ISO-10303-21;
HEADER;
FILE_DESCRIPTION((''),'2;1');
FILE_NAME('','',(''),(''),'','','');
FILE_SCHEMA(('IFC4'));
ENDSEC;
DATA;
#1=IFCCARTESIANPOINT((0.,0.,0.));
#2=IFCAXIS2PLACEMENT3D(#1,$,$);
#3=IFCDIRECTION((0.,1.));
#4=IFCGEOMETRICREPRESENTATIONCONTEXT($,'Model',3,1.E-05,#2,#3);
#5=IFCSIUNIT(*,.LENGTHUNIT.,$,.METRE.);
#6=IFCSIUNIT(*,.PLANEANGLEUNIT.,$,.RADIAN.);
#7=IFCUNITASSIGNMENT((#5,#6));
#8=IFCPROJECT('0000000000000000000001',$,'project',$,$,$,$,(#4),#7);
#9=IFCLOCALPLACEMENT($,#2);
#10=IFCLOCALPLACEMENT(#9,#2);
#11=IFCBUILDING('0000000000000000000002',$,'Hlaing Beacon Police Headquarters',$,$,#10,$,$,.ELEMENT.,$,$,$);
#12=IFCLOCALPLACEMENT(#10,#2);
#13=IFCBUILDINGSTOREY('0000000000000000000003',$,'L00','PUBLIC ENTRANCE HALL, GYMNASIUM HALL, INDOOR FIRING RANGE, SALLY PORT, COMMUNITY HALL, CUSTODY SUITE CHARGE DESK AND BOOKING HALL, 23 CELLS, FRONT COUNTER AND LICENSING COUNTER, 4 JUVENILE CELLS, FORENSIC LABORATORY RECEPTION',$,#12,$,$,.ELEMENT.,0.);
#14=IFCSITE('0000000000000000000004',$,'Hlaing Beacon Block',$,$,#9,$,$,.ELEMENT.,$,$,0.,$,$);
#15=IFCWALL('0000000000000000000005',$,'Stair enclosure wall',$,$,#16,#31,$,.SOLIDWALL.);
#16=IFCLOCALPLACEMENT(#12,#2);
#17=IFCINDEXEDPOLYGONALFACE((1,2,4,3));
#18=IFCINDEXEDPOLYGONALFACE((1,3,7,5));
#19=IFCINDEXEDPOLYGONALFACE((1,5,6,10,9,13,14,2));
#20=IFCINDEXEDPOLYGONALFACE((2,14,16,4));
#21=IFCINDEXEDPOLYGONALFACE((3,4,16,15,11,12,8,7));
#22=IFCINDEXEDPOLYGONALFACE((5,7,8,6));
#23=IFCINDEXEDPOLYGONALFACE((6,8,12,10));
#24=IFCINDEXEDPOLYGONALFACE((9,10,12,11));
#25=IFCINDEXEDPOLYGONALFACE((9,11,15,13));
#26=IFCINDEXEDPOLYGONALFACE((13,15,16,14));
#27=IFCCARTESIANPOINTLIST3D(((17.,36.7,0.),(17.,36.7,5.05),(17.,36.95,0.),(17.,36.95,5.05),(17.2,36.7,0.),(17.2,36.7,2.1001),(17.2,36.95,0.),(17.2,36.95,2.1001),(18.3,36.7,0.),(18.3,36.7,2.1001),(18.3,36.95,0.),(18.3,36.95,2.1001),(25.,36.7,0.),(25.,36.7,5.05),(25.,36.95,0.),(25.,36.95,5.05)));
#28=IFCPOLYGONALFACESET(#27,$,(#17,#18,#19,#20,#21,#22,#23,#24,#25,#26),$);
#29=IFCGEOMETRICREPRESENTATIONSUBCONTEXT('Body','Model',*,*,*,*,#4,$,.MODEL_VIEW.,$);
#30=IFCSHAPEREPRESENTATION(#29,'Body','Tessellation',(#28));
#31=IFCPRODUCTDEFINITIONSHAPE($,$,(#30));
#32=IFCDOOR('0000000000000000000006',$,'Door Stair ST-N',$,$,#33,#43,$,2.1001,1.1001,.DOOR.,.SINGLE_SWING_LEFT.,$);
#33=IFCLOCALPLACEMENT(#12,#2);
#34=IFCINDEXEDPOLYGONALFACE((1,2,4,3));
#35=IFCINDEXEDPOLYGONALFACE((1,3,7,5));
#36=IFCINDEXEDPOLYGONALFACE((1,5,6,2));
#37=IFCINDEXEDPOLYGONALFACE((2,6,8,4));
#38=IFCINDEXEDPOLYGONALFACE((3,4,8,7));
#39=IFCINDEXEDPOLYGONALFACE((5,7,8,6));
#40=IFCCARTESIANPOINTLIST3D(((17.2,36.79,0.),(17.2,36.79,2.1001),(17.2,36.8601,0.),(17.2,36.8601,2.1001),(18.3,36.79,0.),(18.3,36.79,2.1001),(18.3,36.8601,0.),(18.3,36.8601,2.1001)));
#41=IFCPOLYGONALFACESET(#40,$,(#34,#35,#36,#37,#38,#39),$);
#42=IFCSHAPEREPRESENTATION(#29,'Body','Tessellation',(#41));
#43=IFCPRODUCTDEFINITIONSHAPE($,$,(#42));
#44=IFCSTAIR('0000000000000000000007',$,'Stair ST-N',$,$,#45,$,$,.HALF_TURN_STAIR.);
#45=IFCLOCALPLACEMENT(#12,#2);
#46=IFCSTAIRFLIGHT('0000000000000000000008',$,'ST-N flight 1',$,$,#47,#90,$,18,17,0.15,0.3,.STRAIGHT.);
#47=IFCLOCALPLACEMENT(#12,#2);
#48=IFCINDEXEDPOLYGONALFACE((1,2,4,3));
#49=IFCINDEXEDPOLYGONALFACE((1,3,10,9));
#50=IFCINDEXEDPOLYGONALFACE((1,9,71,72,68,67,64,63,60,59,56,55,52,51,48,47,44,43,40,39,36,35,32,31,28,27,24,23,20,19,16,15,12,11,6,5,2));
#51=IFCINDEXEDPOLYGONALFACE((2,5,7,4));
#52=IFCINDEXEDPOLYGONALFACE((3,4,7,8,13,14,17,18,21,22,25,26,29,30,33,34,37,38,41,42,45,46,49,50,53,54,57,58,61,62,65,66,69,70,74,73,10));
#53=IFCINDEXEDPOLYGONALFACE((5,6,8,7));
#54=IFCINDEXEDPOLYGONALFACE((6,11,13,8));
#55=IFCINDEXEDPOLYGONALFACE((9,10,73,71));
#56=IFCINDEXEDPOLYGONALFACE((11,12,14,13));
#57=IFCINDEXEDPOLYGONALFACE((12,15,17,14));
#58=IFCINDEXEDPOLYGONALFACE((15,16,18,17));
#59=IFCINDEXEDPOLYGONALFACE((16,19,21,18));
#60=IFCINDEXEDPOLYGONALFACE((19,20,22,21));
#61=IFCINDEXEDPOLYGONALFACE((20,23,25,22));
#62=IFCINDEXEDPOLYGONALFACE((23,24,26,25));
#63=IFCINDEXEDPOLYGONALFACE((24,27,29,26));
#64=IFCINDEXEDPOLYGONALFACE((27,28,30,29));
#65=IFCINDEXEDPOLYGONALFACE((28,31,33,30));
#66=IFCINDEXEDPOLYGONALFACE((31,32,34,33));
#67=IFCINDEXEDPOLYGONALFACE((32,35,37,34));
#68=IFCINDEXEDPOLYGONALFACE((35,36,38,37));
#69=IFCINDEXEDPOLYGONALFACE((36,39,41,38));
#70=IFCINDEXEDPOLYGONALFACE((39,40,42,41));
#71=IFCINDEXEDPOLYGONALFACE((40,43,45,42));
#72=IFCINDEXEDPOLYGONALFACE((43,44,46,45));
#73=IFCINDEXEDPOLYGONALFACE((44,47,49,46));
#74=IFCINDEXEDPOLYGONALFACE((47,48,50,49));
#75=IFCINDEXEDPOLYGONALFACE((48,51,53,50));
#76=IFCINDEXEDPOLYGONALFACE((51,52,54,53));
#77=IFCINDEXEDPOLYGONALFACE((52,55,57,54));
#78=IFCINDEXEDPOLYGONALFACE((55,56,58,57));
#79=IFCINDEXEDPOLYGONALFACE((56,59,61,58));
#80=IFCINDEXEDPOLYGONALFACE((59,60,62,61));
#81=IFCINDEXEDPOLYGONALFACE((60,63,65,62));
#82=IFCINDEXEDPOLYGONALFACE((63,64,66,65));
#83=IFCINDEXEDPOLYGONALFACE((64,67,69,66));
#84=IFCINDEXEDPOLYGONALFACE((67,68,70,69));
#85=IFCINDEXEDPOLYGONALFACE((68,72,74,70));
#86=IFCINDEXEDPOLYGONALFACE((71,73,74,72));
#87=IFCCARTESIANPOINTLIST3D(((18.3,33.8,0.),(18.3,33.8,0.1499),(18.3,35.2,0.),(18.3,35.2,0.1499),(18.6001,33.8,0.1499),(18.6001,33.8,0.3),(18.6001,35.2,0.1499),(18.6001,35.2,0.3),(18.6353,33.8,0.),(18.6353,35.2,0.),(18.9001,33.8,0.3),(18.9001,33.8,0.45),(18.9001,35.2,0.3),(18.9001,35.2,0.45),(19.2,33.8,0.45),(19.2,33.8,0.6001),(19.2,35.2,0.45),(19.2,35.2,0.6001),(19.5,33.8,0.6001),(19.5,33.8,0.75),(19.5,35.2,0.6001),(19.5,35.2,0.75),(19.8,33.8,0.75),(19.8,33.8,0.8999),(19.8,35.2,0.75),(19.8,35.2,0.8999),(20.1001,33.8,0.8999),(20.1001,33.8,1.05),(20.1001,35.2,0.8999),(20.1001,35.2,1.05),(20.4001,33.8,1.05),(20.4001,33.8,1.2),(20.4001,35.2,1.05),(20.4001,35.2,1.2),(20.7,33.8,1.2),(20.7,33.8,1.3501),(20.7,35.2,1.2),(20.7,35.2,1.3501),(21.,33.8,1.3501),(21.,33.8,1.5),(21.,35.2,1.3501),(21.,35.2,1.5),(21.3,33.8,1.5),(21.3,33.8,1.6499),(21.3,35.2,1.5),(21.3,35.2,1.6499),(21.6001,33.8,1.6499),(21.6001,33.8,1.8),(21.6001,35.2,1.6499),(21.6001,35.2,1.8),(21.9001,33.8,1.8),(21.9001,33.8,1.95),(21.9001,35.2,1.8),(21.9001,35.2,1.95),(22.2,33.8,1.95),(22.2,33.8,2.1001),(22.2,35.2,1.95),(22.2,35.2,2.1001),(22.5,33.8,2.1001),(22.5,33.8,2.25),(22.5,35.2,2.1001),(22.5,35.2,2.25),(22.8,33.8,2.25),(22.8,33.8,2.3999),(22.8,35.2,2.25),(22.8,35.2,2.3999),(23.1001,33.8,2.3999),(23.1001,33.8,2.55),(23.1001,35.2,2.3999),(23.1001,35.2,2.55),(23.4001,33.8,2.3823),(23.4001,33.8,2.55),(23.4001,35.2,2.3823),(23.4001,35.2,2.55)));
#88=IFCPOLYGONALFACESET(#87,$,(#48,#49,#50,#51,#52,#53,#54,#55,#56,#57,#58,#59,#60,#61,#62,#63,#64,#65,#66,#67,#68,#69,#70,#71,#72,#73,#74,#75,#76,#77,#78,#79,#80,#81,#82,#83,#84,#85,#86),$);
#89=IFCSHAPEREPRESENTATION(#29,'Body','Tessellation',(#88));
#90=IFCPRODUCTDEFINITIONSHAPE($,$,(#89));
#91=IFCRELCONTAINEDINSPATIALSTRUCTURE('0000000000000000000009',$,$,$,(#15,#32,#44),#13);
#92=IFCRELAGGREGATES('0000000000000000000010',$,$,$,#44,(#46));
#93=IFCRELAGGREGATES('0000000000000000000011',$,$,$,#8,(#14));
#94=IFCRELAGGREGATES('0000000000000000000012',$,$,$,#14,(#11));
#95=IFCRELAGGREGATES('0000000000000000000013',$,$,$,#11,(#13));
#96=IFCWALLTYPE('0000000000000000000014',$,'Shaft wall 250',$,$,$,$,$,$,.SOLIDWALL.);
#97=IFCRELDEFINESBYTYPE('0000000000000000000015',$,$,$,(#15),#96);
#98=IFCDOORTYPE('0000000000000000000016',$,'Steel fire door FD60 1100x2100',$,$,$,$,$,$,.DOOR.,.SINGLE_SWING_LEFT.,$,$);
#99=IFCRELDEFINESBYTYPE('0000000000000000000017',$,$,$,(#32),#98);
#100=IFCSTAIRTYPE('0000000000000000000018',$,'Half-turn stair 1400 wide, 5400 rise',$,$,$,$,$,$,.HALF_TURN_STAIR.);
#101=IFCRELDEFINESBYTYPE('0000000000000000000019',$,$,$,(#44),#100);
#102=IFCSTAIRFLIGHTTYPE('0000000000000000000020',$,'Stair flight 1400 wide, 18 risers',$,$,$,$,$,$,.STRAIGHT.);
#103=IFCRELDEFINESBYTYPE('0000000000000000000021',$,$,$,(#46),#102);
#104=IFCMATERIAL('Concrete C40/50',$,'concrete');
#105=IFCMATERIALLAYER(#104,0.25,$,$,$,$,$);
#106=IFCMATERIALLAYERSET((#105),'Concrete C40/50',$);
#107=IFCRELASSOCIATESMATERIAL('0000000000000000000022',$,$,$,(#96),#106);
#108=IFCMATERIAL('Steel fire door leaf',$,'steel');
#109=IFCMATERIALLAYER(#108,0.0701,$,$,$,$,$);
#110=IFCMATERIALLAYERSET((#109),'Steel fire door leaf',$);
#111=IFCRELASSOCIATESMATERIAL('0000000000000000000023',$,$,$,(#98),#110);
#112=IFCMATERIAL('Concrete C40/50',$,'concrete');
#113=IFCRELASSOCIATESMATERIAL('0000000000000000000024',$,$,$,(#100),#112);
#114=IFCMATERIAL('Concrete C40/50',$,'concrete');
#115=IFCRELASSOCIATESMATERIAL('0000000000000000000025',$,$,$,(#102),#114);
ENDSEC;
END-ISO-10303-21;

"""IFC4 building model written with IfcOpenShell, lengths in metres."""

from ifc_helpers import new_model, si_unit, direction, frame, frame_2d, origin, place, context, subcontext, project, spatial, polyline, rectangle, outline, extrude, material, layer, layer_set, type_object, element, fill, aggregate, save


model = new_model("IFC4")

# Units and contexts
model_context = context("Model", 3, precision=1e-05, world=origin(), true_north=direction((0.0, 1.0)))
body_context = subcontext(model_context, "Body", "Model", "MODEL_VIEW")
ifc_project = project(units=[si_unit("LENGTHUNIT", "METRE"), si_unit("PLANEANGLEUNIT", "RADIAN")], contexts=[model_context])

# Site, building, storey
site_placement = place(None, origin())
site = spatial("IfcSite", under=ifc_project, at=site_placement, Name="Hlaing Beacon Block", CompositionType="ELEMENT", RefElevation=0.0)
building_placement = place(site_placement, origin())
building = spatial("IfcBuilding", under=site, at=building_placement, Name="Hlaing Beacon Police Headquarters", CompositionType="ELEMENT")
storey_placement = place(building_placement, origin())
storey = spatial("IfcBuildingStorey", under=building, at=storey_placement, Name="L00", Description="PUBLIC ENTRANCE HALL, GYMNASIUM HALL, INDOOR FIRING RANGE, SALLY PORT, COMMUNITY HALL, CUSTODY SUITE CHARGE DESK AND BOOKING HALL, 23 CELLS, FRONT COUNTER AND LICENSING COUNTER, 4 JUVENILE CELLS, FORENSIC LABORATORY RECEPTION", CompositionType="ELEMENT", Elevation=0.0)

# Wall, opening, door
ifc_material_1 = material(Name="Concrete C40/50", Category="concrete")
ifc_layer_1 = layer(ifc_material_1, 0.25)
ifc_layer_set_1 = layer_set([ifc_layer_1], Name="Concrete C40/50")
wall_type_1 = type_object("IfcWallType", Name="Shaft wall 250", PredefinedType="SOLIDWALL", material=ifc_layer_set_1)
wall_1_placement = place(storey_placement, frame((17.0, 36.825, 0.0), z_axis=(0.0, 0.0, 1.0), x_axis=(1.0, 0.0, 0.0)))
wall_1 = element("IfcWall", 1, at=wall_1_placement, inside=storey, type_object=wall_type_1, Name="Stair enclosure wall", PredefinedType="SOLIDWALL", context=body_context, shape_type="SweptSolid", body=[
    extrude(rectangle(XDim=8.0, YDim=0.25, at=frame_2d((4.0, 0.0))), origin(), (0.0, 0.0, 1.0), 5.05),
])
opening_1_placement = place(wall_1_placement, frame((0.2, 0.0, 0.0)))
opening_1 = element("IfcOpeningElement", 2, at=opening_1_placement, cuts=wall_1, PredefinedType="OPENING", context=body_context, shape_type="SweptSolid", body=[
    extrude(rectangle(XDim=1.1001, YDim=2.1001, at=frame_2d((0.55, 1.05))), frame((0.0, 0.135, 0.0), z_axis=(0.0, -1.0, 0.0), x_axis=(1.0, 0.0, 0.0)), (0.0, 0.0, 1.0), 0.27),
])
ifc_material_2 = material(Name="Steel fire door leaf", Category="steel")
ifc_layer_2 = layer(ifc_material_2, 0.0701)
ifc_layer_set_2 = layer_set([ifc_layer_2], Name="Steel fire door leaf")
door_type_1 = type_object("IfcDoorType", Name="Steel fire door FD60 1100x2100", OperationType="SINGLE_SWING_LEFT", PredefinedType="DOOR", material=ifc_layer_set_2)
door_1_placement = place(opening_1_placement, frame((1.1001, 0.0, 0.0), z_axis=(0.0, 0.0, 1.0), x_axis=(-1.0, 0.0, 0.0)))
door_1 = element("IfcDoor", 3, at=door_1_placement, inside=storey, type_object=door_type_1, Name="Door Stair ST-N", OperationType="SINGLE_SWING_LEFT", OverallHeight=2.1001, OverallWidth=1.1001, PredefinedType="DOOR", context=body_context, shape_type="SweptSolid", body=[
    extrude(rectangle(XDim=1.1001, YDim=2.1001, at=frame_2d((0.55, 1.05))), frame((0.0, 0.0349, 0.0), z_axis=(0.0, -1.0, 0.0), x_axis=(1.0, 0.0, 0.0)), (0.0, 0.0, 1.0), 0.0701),
])
fill(opening_1, door_1)

# Stair, stair flight
ifc_material_3 = material(Name="Concrete C40/50", Category="concrete")
stair_type = type_object("IfcStairType", Name="Half-turn stair 1400 wide, 5400 rise", PredefinedType="HALF_TURN_STAIR", material=ifc_material_3)
stair_placement = place(storey_placement, origin())
stair = element("IfcStair", 4, at=stair_placement, inside=storey, type_object=stair_type, Name="Stair ST-N", PredefinedType="HALF_TURN_STAIR")
ifc_material_4 = material(Name="Concrete C40/50", Category="concrete")
stair_flight_type = type_object("IfcStairFlightType", Name="Stair flight 1400 wide, 18 risers", PredefinedType="STRAIGHT", material=ifc_material_4)
stair_flight_placement = place(storey_placement, frame((18.3, 34.5, 0.0), z_axis=(0.0, 0.0, 1.0), x_axis=(1.0, 0.0, 0.0)))
stair_flight = element("IfcStairFlight", 5, at=stair_flight_placement, type_object=stair_flight_type, Name="ST-N flight 1", NumberOfRisers=18, NumberOfTreads=17, PredefinedType="STRAIGHT", RiserHeight=0.15, TreadLength=0.3, context=body_context, shape_type="SweptSolid", body=[
    extrude(outline(polyline([(0.0, 0.0), (0.0, 0.1499), (0.3, 0.1499), (0.3, 0.3), (0.6001, 0.3), (0.6001, 0.45), (0.8999, 0.45), (0.8999, 0.6001), (1.2, 0.6001), (1.2, 0.75), (1.5, 0.75), (1.5, 0.8999), (1.8, 0.8999), (1.8, 1.05), (2.1001, 1.05), (2.1001, 1.2), (2.3999, 1.2), (2.3999, 1.3501), (2.7, 1.3501), (2.7, 1.5), (3.0, 1.5), (3.0, 1.6499), (3.3, 1.6499), (3.3, 1.8), (3.6001, 1.8), (3.6001, 1.95), (3.8999, 1.95), (3.8999, 2.1001), (4.2, 2.1001), (4.2, 2.25), (4.5, 2.25), (4.5, 2.3999), (4.8, 2.3999), (4.8, 2.55), (5.1001, 2.55), (5.1001, 2.7), (5.1001, 2.3823), (0.3352, 0.0), (0.0, 0.0)])), frame((0.0, 0.7, 0.0), z_axis=(0.0, -1.0, 0.0), x_axis=(1.0, 0.0, 0.0)), (0.0, 0.0, 1.0), 1.3999),
])
aggregate(stair, [stair_flight])

save(model, "model.ifc")
